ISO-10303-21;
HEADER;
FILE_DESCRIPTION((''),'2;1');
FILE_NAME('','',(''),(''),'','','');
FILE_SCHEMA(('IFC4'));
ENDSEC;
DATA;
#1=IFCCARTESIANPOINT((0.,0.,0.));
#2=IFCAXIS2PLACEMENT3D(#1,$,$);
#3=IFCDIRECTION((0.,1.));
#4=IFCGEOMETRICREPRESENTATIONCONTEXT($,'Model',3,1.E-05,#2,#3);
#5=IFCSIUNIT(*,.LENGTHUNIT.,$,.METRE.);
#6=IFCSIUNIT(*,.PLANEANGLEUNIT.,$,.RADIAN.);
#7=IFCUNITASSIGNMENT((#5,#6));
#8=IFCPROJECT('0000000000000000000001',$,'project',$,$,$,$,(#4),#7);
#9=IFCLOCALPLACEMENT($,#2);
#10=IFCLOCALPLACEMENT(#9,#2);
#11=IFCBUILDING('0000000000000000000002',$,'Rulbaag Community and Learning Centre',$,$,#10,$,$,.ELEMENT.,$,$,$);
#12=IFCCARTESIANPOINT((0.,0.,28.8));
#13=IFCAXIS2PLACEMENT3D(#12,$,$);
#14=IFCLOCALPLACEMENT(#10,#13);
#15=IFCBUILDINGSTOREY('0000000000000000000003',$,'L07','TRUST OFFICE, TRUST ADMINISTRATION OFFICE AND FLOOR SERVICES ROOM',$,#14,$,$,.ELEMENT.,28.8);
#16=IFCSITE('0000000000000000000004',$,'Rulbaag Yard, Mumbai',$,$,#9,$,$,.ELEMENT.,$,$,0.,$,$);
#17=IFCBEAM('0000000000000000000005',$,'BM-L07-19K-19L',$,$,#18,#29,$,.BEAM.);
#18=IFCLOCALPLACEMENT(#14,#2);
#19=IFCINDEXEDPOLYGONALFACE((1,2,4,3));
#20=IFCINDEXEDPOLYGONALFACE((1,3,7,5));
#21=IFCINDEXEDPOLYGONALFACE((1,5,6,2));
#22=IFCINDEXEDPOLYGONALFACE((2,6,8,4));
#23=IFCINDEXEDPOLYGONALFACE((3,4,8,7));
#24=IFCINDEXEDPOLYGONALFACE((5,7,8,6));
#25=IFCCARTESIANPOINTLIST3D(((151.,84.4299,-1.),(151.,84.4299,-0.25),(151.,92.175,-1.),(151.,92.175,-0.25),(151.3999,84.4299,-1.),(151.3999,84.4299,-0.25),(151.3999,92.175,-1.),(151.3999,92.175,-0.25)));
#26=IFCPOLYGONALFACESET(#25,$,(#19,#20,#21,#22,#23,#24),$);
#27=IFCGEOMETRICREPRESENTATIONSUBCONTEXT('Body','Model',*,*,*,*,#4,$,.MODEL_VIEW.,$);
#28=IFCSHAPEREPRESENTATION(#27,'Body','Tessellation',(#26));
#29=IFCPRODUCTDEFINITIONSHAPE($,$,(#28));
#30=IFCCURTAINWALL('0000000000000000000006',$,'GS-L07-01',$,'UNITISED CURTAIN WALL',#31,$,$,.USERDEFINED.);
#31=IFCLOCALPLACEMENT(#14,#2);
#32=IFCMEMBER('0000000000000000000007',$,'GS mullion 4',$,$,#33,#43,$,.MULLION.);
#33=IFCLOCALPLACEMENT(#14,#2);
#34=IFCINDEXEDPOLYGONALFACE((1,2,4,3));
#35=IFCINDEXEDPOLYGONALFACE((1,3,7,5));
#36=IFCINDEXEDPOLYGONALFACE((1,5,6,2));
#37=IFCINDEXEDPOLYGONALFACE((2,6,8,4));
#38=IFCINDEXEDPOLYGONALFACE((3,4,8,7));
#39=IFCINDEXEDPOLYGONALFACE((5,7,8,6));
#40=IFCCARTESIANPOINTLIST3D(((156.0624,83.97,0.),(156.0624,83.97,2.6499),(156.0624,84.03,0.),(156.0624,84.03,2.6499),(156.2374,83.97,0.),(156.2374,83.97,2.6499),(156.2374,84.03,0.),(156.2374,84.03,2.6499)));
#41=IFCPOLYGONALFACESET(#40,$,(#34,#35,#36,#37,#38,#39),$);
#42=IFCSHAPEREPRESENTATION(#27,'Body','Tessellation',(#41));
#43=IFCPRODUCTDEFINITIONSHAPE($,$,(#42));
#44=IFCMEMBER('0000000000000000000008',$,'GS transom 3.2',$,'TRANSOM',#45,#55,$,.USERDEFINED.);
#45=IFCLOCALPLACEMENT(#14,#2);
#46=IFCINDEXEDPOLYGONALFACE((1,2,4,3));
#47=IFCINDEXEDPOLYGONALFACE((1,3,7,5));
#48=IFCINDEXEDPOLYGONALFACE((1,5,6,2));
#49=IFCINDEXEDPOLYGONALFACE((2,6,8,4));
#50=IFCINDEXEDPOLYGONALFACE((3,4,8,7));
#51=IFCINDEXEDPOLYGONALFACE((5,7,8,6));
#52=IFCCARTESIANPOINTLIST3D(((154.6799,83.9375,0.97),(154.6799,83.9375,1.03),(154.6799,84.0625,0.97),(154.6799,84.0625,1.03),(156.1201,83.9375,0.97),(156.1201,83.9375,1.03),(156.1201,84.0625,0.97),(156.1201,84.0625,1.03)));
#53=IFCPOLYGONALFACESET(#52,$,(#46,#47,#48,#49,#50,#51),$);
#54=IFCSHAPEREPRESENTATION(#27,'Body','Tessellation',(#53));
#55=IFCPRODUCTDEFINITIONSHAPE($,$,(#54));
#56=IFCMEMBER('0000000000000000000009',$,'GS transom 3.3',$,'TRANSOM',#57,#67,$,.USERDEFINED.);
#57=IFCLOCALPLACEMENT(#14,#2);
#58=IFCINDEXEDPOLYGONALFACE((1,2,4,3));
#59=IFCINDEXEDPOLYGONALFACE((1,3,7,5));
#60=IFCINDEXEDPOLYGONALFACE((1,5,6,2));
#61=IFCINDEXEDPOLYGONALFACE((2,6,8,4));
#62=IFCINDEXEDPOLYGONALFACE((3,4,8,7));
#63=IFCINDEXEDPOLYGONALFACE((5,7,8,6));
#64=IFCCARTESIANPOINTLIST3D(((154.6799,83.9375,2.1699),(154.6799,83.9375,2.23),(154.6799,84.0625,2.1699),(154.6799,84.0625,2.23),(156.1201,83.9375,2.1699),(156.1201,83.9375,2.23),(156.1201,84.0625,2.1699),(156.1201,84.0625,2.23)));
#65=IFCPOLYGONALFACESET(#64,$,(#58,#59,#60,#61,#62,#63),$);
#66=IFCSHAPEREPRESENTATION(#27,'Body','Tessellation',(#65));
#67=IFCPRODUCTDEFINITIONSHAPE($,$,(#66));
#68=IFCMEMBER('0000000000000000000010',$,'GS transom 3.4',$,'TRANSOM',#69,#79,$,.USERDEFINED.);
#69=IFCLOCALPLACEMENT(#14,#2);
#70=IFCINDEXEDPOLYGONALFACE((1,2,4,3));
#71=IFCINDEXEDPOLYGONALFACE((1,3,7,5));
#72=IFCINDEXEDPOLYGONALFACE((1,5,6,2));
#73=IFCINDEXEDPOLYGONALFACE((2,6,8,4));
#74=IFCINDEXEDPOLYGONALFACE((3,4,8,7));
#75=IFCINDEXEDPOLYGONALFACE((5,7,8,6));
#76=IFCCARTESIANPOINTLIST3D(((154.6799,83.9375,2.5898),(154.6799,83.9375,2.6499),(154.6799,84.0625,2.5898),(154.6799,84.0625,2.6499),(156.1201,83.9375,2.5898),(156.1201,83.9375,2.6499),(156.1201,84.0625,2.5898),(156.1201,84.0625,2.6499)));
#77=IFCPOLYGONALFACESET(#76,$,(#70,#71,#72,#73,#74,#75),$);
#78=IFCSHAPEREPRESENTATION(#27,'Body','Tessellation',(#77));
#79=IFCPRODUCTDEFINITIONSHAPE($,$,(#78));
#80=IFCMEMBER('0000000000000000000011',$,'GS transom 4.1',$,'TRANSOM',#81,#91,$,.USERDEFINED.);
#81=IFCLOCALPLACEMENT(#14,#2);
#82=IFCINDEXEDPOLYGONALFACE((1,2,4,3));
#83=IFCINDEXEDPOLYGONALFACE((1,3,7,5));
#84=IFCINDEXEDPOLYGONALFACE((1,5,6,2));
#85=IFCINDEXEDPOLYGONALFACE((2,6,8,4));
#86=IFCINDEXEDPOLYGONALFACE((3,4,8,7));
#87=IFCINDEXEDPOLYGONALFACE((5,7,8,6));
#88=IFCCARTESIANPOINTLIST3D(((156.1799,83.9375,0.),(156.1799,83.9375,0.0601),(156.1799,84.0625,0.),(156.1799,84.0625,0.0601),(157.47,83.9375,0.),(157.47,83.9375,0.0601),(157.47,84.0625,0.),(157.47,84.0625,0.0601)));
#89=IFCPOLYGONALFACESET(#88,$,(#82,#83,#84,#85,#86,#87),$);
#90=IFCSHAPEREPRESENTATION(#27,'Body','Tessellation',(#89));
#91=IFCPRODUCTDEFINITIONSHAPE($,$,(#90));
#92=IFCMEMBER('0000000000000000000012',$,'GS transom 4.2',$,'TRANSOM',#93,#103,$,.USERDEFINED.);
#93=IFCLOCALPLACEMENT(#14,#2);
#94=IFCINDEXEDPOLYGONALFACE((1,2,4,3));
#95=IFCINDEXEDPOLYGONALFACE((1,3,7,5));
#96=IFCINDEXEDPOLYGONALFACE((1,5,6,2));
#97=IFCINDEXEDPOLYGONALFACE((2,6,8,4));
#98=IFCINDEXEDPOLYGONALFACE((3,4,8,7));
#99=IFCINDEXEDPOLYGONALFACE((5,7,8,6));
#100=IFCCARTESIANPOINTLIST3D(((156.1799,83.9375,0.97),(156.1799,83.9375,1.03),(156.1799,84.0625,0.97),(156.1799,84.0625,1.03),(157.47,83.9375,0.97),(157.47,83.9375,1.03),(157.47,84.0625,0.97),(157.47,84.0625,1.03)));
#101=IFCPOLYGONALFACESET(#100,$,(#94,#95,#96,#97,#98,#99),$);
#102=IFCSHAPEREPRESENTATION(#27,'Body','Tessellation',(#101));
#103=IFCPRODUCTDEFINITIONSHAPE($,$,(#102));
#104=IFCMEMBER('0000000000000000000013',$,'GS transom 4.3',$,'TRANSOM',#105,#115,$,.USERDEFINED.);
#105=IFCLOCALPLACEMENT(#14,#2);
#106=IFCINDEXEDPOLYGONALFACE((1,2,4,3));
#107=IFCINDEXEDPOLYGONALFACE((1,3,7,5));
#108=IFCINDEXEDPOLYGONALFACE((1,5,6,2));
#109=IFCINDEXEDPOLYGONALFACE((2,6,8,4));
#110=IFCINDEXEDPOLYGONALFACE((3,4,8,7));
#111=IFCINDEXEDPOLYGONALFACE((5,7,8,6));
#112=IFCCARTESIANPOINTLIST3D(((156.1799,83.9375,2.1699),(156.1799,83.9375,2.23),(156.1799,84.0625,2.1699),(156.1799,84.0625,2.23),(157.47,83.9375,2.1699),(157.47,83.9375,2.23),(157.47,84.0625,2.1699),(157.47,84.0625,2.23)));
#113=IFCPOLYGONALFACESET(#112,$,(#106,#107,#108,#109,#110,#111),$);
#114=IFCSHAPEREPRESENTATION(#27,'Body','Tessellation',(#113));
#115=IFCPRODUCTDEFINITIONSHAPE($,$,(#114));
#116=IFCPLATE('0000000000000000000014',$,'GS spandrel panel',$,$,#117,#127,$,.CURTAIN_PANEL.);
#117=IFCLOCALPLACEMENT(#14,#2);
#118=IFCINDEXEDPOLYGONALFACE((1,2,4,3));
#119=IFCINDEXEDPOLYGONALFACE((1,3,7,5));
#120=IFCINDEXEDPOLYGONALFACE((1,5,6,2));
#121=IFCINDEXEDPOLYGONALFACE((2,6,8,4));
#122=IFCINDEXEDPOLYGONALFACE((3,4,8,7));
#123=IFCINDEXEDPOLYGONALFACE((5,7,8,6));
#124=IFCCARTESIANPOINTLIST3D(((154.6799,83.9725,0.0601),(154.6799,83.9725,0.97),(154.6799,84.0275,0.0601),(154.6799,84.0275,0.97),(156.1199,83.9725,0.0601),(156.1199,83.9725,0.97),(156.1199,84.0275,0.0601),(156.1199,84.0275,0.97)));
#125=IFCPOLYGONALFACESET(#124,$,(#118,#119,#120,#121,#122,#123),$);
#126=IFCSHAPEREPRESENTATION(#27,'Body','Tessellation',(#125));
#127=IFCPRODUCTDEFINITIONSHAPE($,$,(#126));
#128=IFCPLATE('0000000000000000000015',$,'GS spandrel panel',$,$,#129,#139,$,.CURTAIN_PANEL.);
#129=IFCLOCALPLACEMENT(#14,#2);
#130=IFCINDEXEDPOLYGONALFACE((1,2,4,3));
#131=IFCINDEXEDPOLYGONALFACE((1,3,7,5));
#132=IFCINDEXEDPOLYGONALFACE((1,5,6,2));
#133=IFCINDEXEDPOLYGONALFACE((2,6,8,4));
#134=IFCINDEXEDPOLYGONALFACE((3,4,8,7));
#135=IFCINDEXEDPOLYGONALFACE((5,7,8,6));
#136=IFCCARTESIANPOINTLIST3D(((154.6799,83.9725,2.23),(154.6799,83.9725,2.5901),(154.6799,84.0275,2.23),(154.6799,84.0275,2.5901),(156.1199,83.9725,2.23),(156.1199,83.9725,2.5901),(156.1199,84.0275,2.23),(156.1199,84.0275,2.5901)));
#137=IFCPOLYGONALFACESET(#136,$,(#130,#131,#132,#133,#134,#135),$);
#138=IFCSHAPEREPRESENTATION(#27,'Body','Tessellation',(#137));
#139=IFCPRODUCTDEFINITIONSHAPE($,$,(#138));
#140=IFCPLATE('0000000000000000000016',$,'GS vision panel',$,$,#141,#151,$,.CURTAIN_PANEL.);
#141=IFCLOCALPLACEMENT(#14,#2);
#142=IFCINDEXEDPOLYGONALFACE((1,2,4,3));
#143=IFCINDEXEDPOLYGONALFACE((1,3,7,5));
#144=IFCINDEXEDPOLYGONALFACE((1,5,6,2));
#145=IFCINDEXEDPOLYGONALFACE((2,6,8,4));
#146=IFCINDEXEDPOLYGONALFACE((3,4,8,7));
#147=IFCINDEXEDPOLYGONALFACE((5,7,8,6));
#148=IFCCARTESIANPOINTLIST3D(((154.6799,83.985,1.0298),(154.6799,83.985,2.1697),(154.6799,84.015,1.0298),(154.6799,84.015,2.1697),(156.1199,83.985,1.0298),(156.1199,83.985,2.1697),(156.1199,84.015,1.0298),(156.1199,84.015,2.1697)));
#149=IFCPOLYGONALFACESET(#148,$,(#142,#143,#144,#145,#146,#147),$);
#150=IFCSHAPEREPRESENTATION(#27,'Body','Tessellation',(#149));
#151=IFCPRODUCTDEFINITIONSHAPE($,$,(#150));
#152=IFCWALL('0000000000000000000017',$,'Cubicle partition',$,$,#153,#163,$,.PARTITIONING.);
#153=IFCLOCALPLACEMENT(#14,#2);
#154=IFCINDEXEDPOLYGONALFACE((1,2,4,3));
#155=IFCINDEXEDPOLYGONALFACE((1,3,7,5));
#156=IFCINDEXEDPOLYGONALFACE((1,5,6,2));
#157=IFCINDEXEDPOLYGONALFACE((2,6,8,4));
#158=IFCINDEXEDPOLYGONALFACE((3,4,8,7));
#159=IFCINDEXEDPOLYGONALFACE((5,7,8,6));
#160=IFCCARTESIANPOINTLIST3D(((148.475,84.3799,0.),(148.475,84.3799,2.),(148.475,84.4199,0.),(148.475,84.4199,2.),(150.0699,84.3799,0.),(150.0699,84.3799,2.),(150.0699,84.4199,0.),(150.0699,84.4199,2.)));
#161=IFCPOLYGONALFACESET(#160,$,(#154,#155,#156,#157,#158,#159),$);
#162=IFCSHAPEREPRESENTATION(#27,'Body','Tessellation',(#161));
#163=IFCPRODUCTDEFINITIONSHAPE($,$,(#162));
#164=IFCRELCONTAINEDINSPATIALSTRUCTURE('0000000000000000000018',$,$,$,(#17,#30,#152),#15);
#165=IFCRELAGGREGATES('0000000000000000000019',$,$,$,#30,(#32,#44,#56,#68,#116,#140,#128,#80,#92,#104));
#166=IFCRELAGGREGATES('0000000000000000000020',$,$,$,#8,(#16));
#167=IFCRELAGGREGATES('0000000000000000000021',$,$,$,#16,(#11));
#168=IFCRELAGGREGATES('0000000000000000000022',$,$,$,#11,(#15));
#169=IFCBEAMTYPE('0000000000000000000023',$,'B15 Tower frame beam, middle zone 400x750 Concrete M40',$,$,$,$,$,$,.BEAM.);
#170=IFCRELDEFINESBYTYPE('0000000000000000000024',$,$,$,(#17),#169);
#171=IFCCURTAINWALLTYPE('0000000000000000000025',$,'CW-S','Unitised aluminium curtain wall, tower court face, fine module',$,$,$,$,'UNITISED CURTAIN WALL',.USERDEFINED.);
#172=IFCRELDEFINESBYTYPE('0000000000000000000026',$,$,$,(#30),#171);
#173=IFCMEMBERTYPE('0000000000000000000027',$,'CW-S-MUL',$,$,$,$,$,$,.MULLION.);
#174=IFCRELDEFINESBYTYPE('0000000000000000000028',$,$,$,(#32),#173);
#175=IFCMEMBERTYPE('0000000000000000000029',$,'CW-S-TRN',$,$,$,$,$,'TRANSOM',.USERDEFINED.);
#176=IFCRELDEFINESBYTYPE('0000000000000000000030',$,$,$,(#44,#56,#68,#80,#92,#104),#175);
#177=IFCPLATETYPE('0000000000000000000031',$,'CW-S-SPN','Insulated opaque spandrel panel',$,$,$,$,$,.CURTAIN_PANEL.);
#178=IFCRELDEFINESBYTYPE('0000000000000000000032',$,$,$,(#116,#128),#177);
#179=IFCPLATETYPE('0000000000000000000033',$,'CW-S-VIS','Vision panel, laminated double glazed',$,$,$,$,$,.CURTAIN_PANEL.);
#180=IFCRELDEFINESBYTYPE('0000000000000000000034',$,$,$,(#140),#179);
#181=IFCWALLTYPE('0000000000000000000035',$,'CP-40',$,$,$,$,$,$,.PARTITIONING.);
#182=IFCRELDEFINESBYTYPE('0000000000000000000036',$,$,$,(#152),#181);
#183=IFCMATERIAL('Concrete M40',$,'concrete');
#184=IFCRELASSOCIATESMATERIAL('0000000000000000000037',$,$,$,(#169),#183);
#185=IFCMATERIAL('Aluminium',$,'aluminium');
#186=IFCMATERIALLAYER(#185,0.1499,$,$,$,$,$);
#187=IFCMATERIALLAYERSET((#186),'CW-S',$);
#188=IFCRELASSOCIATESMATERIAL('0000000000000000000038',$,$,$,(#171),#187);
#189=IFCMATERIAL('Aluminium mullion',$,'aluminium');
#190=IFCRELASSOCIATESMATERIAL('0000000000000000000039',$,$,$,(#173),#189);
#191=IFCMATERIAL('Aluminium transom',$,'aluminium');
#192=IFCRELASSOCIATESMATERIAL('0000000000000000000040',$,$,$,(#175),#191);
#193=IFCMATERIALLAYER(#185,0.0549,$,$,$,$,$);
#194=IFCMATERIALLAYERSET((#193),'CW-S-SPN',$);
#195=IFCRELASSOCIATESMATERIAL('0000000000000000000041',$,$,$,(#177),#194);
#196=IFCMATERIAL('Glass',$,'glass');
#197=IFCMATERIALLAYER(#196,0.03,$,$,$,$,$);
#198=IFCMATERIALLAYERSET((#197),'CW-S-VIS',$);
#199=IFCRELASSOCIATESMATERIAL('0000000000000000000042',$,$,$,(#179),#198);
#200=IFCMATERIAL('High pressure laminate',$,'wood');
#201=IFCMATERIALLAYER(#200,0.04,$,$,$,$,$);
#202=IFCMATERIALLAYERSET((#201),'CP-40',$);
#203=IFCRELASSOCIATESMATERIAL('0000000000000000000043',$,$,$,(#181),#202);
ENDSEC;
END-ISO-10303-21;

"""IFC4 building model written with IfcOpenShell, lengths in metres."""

from ifc_helpers import new_model, si_unit, direction, frame, frame_2d, origin, origin_2d, place, context, subcontext, project, spatial, rectangle, extrude, material, layer, layer_set, material_profile, profile_set, type_object, element, aggregate, save


model = new_model("IFC4")

# Units and contexts
model_context = context("Model", 3, precision=1e-05, world=origin(), true_north=direction((0.0, 1.0)))
body_context = subcontext(model_context, "Body", "Model", "MODEL_VIEW")
ifc_project = project(units=[si_unit("LENGTHUNIT", "METRE"), si_unit("PLANEANGLEUNIT", "RADIAN")], contexts=[model_context])

# Site, building, storey
site_placement = place(None, origin())
site = spatial("IfcSite", under=ifc_project, at=site_placement, Name="Rulbaag Yard, Mumbai", CompositionType="ELEMENT", RefElevation=0.0)
building_placement = place(site_placement, origin())
building = spatial("IfcBuilding", under=site, at=building_placement, Name="Rulbaag Community and Learning Centre", CompositionType="ELEMENT")
storey_placement = place(building_placement, frame((0.0, 0.0, 28.8)))
storey = spatial("IfcBuildingStorey", under=building, at=storey_placement, Name="L07", Description="TRUST OFFICE, TRUST ADMINISTRATION OFFICE AND FLOOR SERVICES ROOM", CompositionType="ELEMENT", Elevation=28.8)

# Beam
ifc_material_1 = material(Name="Concrete M40", Category="concrete")
ifc_material_profile_1 = material_profile(ifc_material_1, rectangle(XDim=0.3999, YDim=0.75, at=origin_2d()), Name="RB400x750")
ifc_profile_set_1 = profile_set([ifc_material_profile_1], Name="Concrete M40")
beam_type = type_object("IfcBeamType", Name="B15 Tower frame beam, middle zone 400x750 Concrete M40", PredefinedType="BEAM", material=ifc_profile_set_1)
beam_placement = place(storey_placement, frame((151.2, 84.4299, -0.625), z_axis=(0.0, 1.0, 0.0), x_axis=(-1.0, 0.0, 0.0)))
element("IfcBeam", 1, at=beam_placement, inside=storey, type_object=beam_type, Name="BM-L07-19K-19L", PredefinedType="BEAM", context=body_context, shape_type="SweptSolid", body=[
    extrude(rectangle(XDim=0.3999, YDim=0.75, at=origin_2d()), origin(), (0.0, 0.0, 1.0), 7.7451),
])

# Curtain wall, members, plates
ifc_material_2 = material(Name="Aluminium", Category="aluminium")
ifc_layer_1 = layer(ifc_material_2, 0.1499)
ifc_layer_set_1 = layer_set([ifc_layer_1], Name="CW-S")
curtain_wall_type = type_object("IfcCurtainWallType", Name="CW-S", Description="Unitised aluminium curtain wall, tower court face, fine module", ElementType="UNITISED CURTAIN WALL", PredefinedType="USERDEFINED", material=ifc_layer_set_1)
curtain_wall_placement = place(storey_placement, origin())
curtain_wall = element("IfcCurtainWall", 2, at=curtain_wall_placement, inside=storey, type_object=curtain_wall_type, Name="GS-L07-01", ObjectType="UNITISED CURTAIN WALL", PredefinedType="USERDEFINED")
ifc_material_3 = material(Name="Aluminium mullion", Category="aluminium")
ifc_material_profile_2 = material_profile(ifc_material_3, rectangle(XDim=0.0601, YDim=0.175, at=origin_2d()), Name="AL 60x175")
ifc_profile_set_2 = profile_set([ifc_material_profile_2], Name="Aluminium mullion")
member_type_1 = type_object("IfcMemberType", Name="CW-S-MUL", PredefinedType="MULLION", material=ifc_profile_set_2)
member_1_placement = place(storey_placement, frame((156.1499, 84.0, 0.0), z_axis=(0.0, 0.0, 1.0), x_axis=(0.0, 1.0, 0.0)))
member_1 = element("IfcMember", 3, at=member_1_placement, type_object=member_type_1, Name="GS mullion 4", PredefinedType="MULLION", context=body_context, shape_type="SweptSolid", body=[
    extrude(rectangle(XDim=0.0601, YDim=0.175, at=origin_2d()), origin(), (0.0, 0.0, 1.0), 2.6499),
])
ifc_material_4 = material(Name="Aluminium transom", Category="aluminium")
ifc_material_profile_3 = material_profile(ifc_material_4, rectangle(XDim=0.125, YDim=0.0601, at=origin_2d()), Name="AL 60x125 T")
ifc_profile_set_3 = profile_set([ifc_material_profile_3], Name="Aluminium transom")
member_type_2 = type_object("IfcMemberType", Name="CW-S-TRN", ElementType="TRANSOM", PredefinedType="USERDEFINED", material=ifc_profile_set_3)
member_2_placement = place(storey_placement, frame((154.6799, 84.0, 1.0), z_axis=(1.0, 0.0, 0.0), x_axis=(0.0, 1.0, 0.0)))
member_2 = element("IfcMember", 4, at=member_2_placement, type_object=member_type_2, Name="GS transom 3.2", ObjectType="TRANSOM", PredefinedType="USERDEFINED", context=body_context, shape_type="SweptSolid", body=[
    extrude(rectangle(XDim=0.125, YDim=0.0601, at=origin_2d()), origin(), (0.0, 0.0, 1.0), 1.4402),
])
member_3_placement = place(storey_placement, frame((154.6799, 84.0, 2.2), z_axis=(1.0, 0.0, 0.0), x_axis=(0.0, 1.0, 0.0)))
member_3 = element("IfcMember", 5, at=member_3_placement, type_object=member_type_2, Name="GS transom 3.3", ObjectType="TRANSOM", PredefinedType="USERDEFINED", context=body_context, shape_type="SweptSolid", body=[
    extrude(rectangle(XDim=0.125, YDim=0.0601, at=origin_2d()), origin(), (0.0, 0.0, 1.0), 1.4402),
])
member_4_placement = place(storey_placement, frame((154.6799, 84.0, 2.6199), z_axis=(1.0, 0.0, 0.0), x_axis=(0.0, 1.0, 0.0)))
member_4 = element("IfcMember", 6, at=member_4_placement, type_object=member_type_2, Name="GS transom 3.4", ObjectType="TRANSOM", PredefinedType="USERDEFINED", context=body_context, shape_type="SweptSolid", body=[
    extrude(rectangle(XDim=0.125, YDim=0.0601, at=origin_2d()), origin(), (0.0, 0.0, 1.0), 1.4402),
])
member_5_placement = place(storey_placement, frame((156.1799, 84.0, 0.03), z_axis=(1.0, 0.0, 0.0), x_axis=(0.0, 1.0, 0.0)))
member_5 = element("IfcMember", 7, at=member_5_placement, type_object=member_type_2, Name="GS transom 4.1", ObjectType="TRANSOM", PredefinedType="USERDEFINED", context=body_context, shape_type="SweptSolid", body=[
    extrude(rectangle(XDim=0.125, YDim=0.0601, at=origin_2d()), origin(), (0.0, 0.0, 1.0), 1.29),
])
member_6_placement = place(storey_placement, frame((156.1799, 84.0, 1.0), z_axis=(1.0, 0.0, 0.0), x_axis=(0.0, 1.0, 0.0)))
member_6 = element("IfcMember", 8, at=member_6_placement, type_object=member_type_2, Name="GS transom 4.2", ObjectType="TRANSOM", PredefinedType="USERDEFINED", context=body_context, shape_type="SweptSolid", body=[
    extrude(rectangle(XDim=0.125, YDim=0.0601, at=origin_2d()), origin(), (0.0, 0.0, 1.0), 1.29),
])
member_7_placement = place(storey_placement, frame((156.1799, 84.0, 2.2), z_axis=(1.0, 0.0, 0.0), x_axis=(0.0, 1.0, 0.0)))
member_7 = element("IfcMember", 9, at=member_7_placement, type_object=member_type_2, Name="GS transom 4.3", ObjectType="TRANSOM", PredefinedType="USERDEFINED", context=body_context, shape_type="SweptSolid", body=[
    extrude(rectangle(XDim=0.125, YDim=0.0601, at=origin_2d()), origin(), (0.0, 0.0, 1.0), 1.29),
])
ifc_layer_2 = layer(ifc_material_2, 0.0549)
ifc_layer_set_2 = layer_set([ifc_layer_2], Name="CW-S-SPN")
plate_type_1 = type_object("IfcPlateType", Name="CW-S-SPN", Description="Insulated opaque spandrel panel", PredefinedType="CURTAIN_PANEL", material=ifc_layer_set_2)
plate_1_placement = place(storey_placement, frame((155.3999, 84.0, 0.0601), z_axis=(0.0, 0.0, 1.0), x_axis=(1.0, 0.0, 0.0)))
plate_1 = element("IfcPlate", 10, at=plate_1_placement, type_object=plate_type_1, Name="GS spandrel panel", PredefinedType="CURTAIN_PANEL", context=body_context, shape_type="SweptSolid", body=[
    extrude(rectangle(XDim=1.4399, YDim=0.0549, at=origin_2d()), origin(), (0.0, 0.0, 1.0), 0.9099),
])
plate_2_placement = place(storey_placement, frame((155.3999, 84.0, 2.23), z_axis=(0.0, 0.0, 1.0), x_axis=(1.0, 0.0, 0.0)))
plate_2 = element("IfcPlate", 11, at=plate_2_placement, type_object=plate_type_1, Name="GS spandrel panel", PredefinedType="CURTAIN_PANEL", context=body_context, shape_type="SweptSolid", body=[
    extrude(rectangle(XDim=1.4399, YDim=0.0549, at=origin_2d()), origin(), (0.0, 0.0, 1.0), 0.3601),
])
ifc_material_5 = material(Name="Glass", Category="glass")
ifc_layer_3 = layer(ifc_material_5, 0.03)
ifc_layer_set_3 = layer_set([ifc_layer_3], Name="CW-S-VIS")
plate_type_2 = type_object("IfcPlateType", Name="CW-S-VIS", Description="Vision panel, laminated double glazed", PredefinedType="CURTAIN_PANEL", material=ifc_layer_set_3)
plate_3_placement = place(storey_placement, frame((155.3999, 84.0, 1.0298), z_axis=(0.0, 0.0, 1.0), x_axis=(1.0, 0.0, 0.0)))
plate_3 = element("IfcPlate", 12, at=plate_3_placement, type_object=plate_type_2, Name="GS vision panel", PredefinedType="CURTAIN_PANEL", context=body_context, shape_type="SweptSolid", body=[
    extrude(rectangle(XDim=1.4399, YDim=0.03, at=origin_2d()), origin(), (0.0, 0.0, 1.0), 1.1399),
])
aggregate(curtain_wall, [member_1, member_2, member_3, member_4, plate_1, plate_3, plate_2, member_5, member_6, member_7])

# Wall
ifc_material_6 = material(Name="High pressure laminate", Category="wood")
ifc_layer_4 = layer(ifc_material_6, 0.04)
ifc_layer_set_4 = layer_set([ifc_layer_4], Name="CP-40")
wall_type_1 = type_object("IfcWallType", Name="CP-40", PredefinedType="PARTITIONING", material=ifc_layer_set_4)
wall_1_placement = place(storey_placement, frame((148.4751, 84.3999, 0.0), z_axis=(0.0, 0.0, 1.0), x_axis=(1.0, 0.0, 0.0)))
element("IfcWall", 13, at=wall_1_placement, inside=storey, type_object=wall_type_1, Name="Cubicle partition", PredefinedType="PARTITIONING", context=body_context, shape_type="SweptSolid", body=[
    extrude(rectangle(XDim=1.595, YDim=0.04, at=frame_2d((0.7974, 0.0))), origin(), (0.0, 0.0, 1.0), 2.0),
])

save(model, "model.ifc")
